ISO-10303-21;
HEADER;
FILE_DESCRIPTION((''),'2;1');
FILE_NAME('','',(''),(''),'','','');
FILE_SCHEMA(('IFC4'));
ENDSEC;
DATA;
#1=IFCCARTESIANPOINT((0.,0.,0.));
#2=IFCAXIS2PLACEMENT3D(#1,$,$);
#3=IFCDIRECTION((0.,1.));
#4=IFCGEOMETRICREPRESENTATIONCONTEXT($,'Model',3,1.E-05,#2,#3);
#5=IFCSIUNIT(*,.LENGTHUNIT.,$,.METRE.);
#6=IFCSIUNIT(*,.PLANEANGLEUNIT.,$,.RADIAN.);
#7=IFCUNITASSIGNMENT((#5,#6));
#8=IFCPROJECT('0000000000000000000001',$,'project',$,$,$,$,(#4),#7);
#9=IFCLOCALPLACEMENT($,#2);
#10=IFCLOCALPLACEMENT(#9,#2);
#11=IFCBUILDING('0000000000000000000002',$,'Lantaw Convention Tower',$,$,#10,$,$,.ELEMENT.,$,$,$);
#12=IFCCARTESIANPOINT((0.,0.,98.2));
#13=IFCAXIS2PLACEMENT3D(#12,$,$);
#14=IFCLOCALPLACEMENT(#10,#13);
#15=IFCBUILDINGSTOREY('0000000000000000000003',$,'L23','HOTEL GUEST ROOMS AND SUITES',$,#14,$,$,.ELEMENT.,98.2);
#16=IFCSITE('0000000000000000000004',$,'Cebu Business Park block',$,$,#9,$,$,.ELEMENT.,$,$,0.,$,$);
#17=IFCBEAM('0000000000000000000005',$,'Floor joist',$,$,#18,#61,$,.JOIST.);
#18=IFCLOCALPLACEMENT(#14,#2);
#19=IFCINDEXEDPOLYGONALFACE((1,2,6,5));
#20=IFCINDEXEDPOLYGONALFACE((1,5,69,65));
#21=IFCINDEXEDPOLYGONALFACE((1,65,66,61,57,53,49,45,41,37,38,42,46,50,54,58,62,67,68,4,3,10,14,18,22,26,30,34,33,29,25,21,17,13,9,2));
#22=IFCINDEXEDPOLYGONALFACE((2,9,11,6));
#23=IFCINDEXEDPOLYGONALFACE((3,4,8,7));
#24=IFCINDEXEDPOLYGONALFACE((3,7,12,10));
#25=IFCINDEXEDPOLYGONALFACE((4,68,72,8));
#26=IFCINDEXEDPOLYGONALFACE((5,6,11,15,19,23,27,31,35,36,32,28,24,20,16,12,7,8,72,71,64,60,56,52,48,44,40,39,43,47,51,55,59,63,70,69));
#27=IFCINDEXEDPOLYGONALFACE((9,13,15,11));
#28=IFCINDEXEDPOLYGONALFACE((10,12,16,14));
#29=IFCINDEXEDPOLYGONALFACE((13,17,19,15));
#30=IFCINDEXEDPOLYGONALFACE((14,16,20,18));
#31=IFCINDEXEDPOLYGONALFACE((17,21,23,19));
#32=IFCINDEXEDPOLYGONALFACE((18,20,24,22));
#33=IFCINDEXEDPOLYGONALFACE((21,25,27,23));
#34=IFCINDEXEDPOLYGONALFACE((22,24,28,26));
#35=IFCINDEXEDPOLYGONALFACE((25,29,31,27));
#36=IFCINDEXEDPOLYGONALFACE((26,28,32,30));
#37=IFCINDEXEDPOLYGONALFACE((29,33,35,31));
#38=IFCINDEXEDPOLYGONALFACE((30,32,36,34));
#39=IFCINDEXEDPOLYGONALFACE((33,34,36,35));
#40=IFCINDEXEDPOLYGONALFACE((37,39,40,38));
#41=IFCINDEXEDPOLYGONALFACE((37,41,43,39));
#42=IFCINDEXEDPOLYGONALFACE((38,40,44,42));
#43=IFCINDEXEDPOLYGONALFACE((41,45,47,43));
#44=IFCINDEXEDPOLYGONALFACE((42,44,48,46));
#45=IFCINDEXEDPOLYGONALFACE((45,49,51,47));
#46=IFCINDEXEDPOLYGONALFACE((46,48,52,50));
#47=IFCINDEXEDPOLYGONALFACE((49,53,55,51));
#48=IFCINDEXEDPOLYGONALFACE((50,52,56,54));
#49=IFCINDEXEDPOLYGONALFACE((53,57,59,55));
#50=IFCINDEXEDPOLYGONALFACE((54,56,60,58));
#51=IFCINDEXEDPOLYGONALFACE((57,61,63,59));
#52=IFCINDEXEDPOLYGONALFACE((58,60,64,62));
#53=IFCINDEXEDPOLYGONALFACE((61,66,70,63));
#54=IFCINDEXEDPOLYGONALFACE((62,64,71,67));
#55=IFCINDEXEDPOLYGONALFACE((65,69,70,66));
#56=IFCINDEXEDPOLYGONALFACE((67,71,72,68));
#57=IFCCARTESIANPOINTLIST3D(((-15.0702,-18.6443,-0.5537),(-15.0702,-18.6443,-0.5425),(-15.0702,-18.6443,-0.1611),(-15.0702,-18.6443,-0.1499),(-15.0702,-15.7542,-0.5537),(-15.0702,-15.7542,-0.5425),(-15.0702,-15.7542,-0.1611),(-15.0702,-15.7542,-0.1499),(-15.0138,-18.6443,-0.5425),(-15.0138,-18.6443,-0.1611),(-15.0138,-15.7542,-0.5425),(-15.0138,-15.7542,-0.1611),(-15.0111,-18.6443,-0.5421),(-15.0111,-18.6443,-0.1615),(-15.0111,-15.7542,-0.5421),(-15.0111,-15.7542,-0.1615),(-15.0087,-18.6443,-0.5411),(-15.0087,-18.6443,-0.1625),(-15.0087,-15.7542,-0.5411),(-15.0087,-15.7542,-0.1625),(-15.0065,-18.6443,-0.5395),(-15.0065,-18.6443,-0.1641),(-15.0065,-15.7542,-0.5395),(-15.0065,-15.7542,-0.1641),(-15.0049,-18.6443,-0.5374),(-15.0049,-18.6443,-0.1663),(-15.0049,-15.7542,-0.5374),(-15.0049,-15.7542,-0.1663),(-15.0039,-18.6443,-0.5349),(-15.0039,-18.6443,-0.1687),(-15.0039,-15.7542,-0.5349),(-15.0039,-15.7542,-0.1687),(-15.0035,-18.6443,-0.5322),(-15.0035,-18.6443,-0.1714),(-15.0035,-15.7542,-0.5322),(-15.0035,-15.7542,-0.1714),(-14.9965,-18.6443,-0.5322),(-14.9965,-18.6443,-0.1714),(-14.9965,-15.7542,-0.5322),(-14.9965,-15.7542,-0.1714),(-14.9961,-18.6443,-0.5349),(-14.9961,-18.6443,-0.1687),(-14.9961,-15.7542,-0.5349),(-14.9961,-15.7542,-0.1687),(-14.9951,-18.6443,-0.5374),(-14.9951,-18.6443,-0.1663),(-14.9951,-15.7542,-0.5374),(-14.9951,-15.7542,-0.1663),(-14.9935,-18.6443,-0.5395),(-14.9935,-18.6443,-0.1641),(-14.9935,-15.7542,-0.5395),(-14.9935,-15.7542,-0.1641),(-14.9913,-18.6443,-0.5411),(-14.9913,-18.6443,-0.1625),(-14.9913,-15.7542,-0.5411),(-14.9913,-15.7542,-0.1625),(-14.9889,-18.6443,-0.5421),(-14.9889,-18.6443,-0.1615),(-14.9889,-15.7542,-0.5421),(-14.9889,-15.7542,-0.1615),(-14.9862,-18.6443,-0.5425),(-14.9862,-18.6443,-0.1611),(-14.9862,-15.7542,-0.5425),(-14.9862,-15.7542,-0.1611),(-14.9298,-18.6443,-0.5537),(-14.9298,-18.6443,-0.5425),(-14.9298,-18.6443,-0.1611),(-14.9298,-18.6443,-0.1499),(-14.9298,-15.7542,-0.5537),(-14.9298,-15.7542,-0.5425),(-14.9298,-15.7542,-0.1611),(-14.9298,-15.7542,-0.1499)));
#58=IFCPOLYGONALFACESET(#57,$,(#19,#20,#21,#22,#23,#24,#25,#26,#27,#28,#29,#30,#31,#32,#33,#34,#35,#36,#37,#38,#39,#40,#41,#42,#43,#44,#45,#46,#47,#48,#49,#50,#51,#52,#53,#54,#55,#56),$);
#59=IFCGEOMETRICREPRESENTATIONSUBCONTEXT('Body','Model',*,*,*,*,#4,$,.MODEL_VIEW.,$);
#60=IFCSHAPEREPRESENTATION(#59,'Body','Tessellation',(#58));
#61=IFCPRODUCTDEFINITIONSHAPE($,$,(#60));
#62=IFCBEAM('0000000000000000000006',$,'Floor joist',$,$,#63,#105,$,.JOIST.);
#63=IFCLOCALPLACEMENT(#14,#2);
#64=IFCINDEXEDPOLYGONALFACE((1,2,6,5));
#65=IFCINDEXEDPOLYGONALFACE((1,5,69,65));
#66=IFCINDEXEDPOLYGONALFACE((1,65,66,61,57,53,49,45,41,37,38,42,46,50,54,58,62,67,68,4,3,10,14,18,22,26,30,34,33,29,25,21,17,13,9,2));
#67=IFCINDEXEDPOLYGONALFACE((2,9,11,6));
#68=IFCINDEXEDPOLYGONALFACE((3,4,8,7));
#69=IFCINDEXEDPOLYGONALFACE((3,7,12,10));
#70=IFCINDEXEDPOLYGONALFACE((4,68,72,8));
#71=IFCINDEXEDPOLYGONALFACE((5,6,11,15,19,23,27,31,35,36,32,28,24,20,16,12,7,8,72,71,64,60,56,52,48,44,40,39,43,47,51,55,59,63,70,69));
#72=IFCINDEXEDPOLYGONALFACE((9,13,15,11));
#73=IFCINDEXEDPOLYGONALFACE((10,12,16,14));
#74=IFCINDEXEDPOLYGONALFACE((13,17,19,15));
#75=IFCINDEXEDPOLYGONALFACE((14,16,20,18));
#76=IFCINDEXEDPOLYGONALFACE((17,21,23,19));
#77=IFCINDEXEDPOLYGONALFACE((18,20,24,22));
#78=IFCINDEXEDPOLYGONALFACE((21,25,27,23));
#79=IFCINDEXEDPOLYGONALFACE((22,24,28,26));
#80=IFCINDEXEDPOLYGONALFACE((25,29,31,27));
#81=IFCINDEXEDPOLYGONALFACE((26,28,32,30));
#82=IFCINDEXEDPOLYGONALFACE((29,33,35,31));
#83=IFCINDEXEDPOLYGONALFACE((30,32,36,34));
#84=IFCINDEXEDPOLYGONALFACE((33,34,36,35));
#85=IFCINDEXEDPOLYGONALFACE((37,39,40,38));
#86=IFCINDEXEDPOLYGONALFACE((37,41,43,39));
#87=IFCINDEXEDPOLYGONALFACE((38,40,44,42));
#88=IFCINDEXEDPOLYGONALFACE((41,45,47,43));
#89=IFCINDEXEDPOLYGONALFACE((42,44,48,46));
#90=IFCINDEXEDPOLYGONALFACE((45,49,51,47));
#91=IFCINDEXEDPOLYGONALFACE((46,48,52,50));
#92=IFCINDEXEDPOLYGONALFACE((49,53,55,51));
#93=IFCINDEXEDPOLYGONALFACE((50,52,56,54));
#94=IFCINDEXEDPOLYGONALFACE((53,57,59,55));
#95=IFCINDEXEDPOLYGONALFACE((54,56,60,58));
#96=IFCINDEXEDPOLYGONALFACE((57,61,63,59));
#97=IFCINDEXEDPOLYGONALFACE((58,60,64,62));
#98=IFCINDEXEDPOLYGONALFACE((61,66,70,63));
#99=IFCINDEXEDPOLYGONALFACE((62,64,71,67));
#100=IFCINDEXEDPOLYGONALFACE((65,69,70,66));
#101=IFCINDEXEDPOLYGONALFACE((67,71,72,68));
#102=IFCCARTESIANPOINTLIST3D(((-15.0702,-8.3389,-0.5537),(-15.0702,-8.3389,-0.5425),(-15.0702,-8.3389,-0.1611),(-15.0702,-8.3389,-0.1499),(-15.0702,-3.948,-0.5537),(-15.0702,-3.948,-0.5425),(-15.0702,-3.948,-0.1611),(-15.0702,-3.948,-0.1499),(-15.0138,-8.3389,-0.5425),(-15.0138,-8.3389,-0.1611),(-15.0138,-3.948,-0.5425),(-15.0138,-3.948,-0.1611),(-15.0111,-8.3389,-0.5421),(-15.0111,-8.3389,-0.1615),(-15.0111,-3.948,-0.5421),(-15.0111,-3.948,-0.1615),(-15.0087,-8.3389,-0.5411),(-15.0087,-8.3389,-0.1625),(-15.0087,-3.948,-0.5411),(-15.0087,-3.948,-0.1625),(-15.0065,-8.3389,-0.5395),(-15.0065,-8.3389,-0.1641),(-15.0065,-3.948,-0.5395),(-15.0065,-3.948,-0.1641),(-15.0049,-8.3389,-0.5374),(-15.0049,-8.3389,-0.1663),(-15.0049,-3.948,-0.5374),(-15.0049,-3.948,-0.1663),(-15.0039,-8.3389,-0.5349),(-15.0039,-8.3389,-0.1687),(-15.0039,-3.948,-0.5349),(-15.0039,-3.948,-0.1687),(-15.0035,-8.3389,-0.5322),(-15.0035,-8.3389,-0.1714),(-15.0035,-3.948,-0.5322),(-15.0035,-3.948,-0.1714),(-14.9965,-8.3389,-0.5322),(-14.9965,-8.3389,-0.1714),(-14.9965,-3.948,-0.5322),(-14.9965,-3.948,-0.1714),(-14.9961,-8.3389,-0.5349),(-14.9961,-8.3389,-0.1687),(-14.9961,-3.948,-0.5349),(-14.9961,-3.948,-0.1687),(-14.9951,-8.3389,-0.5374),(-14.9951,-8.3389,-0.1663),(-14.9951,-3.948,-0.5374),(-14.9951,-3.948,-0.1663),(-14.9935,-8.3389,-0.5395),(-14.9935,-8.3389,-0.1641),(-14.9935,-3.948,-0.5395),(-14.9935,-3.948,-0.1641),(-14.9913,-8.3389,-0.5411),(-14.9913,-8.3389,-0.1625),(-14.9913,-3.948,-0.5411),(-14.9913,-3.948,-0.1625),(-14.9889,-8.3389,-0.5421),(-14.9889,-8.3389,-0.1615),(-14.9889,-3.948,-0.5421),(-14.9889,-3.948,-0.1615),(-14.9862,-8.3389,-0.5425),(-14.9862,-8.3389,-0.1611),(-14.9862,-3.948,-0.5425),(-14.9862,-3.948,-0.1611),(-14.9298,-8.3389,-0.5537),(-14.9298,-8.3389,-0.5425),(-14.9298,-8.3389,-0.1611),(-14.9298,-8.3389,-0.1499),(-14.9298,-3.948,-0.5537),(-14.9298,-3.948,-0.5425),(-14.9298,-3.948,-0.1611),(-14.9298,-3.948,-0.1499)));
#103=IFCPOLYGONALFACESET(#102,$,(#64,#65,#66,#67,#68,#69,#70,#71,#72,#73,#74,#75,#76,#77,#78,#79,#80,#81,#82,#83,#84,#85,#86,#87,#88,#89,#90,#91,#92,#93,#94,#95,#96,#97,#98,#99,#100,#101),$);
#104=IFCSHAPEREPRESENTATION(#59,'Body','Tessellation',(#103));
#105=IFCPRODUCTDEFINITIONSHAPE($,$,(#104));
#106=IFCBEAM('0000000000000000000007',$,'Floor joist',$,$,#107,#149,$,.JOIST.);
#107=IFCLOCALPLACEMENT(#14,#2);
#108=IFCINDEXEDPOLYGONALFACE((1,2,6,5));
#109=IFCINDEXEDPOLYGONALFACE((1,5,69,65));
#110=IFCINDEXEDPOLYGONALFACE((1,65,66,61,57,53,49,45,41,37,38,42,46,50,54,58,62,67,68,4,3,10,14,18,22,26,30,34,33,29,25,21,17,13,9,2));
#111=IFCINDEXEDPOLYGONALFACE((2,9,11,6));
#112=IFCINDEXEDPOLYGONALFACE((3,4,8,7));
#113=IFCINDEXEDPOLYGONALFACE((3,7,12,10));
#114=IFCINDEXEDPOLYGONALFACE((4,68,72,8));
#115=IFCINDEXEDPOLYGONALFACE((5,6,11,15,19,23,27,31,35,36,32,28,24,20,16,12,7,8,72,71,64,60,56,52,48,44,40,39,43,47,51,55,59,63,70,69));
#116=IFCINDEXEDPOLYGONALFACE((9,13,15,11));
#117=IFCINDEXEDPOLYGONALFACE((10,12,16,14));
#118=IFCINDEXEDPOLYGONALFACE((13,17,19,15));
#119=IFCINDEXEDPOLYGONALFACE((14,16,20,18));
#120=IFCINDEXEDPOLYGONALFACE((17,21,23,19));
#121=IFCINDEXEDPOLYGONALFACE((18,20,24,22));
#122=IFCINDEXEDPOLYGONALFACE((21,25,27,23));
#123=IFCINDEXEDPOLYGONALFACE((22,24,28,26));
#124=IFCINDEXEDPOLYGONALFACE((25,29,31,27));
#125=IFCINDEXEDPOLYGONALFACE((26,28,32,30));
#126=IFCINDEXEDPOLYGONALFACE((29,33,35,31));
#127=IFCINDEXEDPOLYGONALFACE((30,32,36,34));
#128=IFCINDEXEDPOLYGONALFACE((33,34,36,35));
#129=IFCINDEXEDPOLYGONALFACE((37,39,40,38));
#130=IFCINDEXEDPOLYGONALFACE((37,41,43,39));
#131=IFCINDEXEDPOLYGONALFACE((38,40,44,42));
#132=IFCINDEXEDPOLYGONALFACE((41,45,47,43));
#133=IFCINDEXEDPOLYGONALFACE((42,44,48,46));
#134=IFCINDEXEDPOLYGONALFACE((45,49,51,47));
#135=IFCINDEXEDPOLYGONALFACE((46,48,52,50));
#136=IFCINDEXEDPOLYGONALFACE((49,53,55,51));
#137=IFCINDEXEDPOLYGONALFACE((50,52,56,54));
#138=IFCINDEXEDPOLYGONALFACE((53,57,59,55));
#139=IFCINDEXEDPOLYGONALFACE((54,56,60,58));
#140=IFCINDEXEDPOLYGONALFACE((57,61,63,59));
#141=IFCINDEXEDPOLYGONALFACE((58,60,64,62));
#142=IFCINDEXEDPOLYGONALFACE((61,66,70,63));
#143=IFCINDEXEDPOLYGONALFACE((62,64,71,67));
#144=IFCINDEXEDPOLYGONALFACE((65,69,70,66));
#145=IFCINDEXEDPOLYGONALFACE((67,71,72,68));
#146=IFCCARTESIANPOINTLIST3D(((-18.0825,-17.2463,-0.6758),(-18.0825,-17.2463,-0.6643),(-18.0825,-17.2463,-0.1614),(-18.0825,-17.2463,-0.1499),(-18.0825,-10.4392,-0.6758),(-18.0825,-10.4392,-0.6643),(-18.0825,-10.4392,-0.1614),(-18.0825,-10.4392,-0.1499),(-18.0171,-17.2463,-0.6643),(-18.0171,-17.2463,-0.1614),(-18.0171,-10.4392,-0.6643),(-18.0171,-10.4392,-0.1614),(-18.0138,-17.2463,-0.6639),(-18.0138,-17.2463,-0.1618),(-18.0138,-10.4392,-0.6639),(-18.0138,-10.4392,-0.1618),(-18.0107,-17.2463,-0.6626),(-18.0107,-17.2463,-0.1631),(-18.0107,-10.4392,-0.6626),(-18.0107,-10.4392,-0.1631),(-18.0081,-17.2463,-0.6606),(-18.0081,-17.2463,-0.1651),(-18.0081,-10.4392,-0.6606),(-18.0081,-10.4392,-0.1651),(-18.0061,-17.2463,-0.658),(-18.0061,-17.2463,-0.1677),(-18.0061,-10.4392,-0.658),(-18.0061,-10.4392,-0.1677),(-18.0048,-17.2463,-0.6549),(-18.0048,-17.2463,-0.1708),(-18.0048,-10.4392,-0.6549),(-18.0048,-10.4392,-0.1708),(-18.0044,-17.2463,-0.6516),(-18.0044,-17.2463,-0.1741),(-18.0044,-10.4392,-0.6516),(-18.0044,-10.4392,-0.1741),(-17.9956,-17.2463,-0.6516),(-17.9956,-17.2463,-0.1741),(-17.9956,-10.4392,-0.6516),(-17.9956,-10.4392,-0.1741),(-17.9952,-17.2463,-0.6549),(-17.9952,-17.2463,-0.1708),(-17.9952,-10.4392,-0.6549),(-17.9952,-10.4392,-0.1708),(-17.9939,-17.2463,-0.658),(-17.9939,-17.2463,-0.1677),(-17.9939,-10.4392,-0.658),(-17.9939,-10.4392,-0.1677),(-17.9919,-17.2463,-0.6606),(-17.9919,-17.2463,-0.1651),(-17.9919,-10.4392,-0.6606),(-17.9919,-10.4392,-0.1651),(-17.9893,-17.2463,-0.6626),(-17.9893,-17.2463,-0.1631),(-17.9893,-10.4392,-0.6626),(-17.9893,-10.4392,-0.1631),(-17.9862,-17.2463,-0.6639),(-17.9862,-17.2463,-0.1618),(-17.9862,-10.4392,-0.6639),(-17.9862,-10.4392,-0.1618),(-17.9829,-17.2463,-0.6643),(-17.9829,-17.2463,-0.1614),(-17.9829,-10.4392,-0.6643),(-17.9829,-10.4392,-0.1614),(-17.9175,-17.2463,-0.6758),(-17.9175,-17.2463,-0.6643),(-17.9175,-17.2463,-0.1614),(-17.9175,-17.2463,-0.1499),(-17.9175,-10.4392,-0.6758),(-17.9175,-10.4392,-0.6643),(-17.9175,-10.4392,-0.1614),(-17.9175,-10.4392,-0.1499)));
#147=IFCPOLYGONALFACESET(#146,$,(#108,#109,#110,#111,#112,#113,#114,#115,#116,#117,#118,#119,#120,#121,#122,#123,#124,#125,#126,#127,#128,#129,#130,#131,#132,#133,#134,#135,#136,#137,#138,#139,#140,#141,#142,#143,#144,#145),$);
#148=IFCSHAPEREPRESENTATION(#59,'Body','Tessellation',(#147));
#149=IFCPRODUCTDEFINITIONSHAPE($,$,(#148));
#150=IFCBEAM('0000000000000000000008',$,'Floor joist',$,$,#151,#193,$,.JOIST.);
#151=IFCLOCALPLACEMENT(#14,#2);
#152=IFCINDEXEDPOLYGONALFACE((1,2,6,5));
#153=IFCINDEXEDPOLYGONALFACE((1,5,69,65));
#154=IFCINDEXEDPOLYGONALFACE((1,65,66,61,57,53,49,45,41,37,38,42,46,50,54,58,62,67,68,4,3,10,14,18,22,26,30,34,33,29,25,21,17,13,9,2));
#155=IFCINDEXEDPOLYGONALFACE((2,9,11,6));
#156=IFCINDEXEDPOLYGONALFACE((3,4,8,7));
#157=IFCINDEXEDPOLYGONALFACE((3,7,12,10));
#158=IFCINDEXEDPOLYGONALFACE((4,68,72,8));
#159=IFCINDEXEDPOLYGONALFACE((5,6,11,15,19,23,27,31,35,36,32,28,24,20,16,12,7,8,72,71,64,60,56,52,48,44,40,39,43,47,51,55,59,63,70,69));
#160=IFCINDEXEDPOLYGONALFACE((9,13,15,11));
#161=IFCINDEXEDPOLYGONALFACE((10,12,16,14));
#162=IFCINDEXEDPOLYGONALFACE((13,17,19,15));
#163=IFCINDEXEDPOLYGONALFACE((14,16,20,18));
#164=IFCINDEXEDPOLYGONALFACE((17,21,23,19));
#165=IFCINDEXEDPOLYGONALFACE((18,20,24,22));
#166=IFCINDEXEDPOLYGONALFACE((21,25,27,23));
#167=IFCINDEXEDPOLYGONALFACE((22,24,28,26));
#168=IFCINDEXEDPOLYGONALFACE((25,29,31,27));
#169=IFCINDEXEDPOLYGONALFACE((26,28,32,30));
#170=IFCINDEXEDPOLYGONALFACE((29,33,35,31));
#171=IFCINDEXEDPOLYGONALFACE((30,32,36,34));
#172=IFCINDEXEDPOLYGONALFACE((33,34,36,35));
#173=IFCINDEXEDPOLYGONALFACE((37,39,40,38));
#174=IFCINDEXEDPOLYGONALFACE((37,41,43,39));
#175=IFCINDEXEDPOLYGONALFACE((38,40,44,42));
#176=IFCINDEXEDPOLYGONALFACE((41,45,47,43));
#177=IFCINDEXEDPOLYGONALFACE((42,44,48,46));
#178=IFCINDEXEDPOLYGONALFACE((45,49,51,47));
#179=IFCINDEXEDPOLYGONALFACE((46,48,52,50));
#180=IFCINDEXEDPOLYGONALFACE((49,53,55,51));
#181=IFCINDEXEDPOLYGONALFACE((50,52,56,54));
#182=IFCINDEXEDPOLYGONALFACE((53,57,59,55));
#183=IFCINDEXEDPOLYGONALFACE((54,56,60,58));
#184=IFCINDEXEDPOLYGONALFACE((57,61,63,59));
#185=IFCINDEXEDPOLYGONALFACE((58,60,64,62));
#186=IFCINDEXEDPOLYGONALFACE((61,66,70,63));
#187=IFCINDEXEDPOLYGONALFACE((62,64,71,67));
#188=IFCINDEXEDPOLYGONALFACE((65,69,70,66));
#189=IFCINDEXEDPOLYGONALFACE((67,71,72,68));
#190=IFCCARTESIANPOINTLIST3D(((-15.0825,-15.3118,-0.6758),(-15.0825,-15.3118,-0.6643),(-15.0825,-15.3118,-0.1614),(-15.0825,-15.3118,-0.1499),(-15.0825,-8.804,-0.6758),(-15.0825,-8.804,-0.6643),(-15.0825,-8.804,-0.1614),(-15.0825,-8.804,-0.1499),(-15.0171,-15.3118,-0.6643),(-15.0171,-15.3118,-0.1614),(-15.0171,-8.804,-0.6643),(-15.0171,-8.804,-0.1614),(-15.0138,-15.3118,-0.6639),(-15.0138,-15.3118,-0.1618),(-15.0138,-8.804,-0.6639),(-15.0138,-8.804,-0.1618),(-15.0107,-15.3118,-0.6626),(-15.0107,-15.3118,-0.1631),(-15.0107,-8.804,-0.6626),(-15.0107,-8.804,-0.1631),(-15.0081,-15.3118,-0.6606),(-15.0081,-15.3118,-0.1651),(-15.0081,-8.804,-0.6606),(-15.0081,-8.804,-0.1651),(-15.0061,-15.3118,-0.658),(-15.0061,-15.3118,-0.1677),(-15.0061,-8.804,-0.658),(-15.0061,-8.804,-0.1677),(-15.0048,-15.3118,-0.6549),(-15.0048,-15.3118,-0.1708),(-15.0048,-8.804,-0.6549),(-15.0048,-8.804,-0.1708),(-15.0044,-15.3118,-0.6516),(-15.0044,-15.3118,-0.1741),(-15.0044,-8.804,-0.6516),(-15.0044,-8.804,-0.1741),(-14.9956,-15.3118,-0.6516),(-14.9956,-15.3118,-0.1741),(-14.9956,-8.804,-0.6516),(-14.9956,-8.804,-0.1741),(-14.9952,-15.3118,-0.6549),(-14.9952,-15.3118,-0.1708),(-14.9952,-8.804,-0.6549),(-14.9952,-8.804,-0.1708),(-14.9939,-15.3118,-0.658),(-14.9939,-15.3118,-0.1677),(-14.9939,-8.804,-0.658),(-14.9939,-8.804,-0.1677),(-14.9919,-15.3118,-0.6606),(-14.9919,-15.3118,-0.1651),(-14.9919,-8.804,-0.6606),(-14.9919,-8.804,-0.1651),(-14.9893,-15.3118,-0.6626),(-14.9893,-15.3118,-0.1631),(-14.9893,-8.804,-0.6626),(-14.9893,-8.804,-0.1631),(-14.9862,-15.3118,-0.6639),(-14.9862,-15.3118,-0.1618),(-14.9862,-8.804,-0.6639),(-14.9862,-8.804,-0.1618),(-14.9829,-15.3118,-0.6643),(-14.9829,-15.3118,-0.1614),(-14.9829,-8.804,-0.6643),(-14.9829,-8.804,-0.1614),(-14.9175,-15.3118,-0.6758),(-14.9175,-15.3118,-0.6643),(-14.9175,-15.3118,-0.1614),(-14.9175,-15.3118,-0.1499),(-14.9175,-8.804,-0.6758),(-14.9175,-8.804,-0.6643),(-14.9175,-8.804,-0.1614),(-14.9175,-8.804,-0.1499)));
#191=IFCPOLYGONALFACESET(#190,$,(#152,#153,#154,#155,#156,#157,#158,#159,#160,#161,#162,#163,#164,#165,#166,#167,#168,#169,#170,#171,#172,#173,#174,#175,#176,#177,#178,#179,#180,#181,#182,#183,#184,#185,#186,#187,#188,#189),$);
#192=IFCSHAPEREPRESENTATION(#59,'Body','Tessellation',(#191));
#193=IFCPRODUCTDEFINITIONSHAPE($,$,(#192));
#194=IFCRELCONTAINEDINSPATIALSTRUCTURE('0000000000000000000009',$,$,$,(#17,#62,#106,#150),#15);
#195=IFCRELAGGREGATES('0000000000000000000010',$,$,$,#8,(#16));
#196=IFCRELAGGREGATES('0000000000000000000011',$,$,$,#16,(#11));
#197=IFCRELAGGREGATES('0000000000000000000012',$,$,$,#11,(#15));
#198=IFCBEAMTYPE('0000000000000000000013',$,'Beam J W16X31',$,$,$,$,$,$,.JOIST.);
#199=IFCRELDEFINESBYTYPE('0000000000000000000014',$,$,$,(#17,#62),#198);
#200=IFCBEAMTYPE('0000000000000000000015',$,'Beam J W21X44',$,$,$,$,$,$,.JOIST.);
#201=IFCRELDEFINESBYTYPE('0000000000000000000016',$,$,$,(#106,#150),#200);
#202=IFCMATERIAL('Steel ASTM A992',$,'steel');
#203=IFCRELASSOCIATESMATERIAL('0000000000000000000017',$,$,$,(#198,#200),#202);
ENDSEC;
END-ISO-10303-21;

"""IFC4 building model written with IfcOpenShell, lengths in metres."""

from ifc_helpers import new_model, si_unit, direction, frame, origin, origin_2d, place, context, subcontext, project, spatial, i_section, extrude, material, material_profile, profile_set, type_object, element, save


model = new_model("IFC4")

# Units and contexts
model_context = context("Model", 3, precision=1e-05, world=origin(), true_north=direction((0.0, 1.0)))
body_context = subcontext(model_context, "Body", "Model", "MODEL_VIEW")
ifc_project = project(units=[si_unit("LENGTHUNIT", "METRE"), si_unit("PLANEANGLEUNIT", "RADIAN")], contexts=[model_context])

# Site, building, storey
site_placement = place(None, origin())
site = spatial("IfcSite", under=ifc_project, at=site_placement, Name="Cebu Business Park block", CompositionType="ELEMENT", RefElevation=0.0)
building_placement = place(site_placement, origin())
building = spatial("IfcBuilding", under=site, at=building_placement, Name="Lantaw Convention Tower", CompositionType="ELEMENT")
storey_placement = place(building_placement, frame((0.0, 0.0, 98.2)))
storey = spatial("IfcBuildingStorey", under=building, at=storey_placement, Name="L23", Description="HOTEL GUEST ROOMS AND SUITES", CompositionType="ELEMENT", Elevation=98.2)

# Beams
ifc_material_1 = material(Name="Steel ASTM A992", Category="steel")
ifc_material_profile_1 = material_profile(ifc_material_1, i_section(OverallWidth=0.1404, OverallDepth=0.4038, WebThickness=0.0071, FlangeThickness=0.0112, FilletRadius=0.0103, at=origin_2d()), Name="W16X31")
ifc_profile_set_1 = profile_set([ifc_material_profile_1], Name="Steel ASTM A992")
beam_type_1 = type_object("IfcBeamType", Name="Beam J W16X31", PredefinedType="JOIST", material=ifc_profile_set_1)
beam_1_placement = place(storey_placement, frame((-15.0, -18.6443, -0.3518), z_axis=(0.0, 1.0, 0.0), x_axis=(-1.0, 0.0, 0.0)))
element("IfcBeam", 1, at=beam_1_placement, inside=storey, type_object=beam_type_1, Name="Floor joist", PredefinedType="JOIST", context=body_context, shape_type="SweptSolid", body=[
    extrude(i_section(OverallWidth=0.1404, OverallDepth=0.4038, WebThickness=0.0071, FlangeThickness=0.0112, FilletRadius=0.0103, at=origin_2d()), origin(), (0.0, 0.0, 1.0), 2.8901),
])
beam_2_placement = place(storey_placement, frame((-15.0, -8.3389, -0.3518), z_axis=(0.0, 1.0, 0.0), x_axis=(-1.0, 0.0, 0.0)))
element("IfcBeam", 2, at=beam_2_placement, inside=storey, type_object=beam_type_1, Name="Floor joist", PredefinedType="JOIST", context=body_context, shape_type="SweptSolid", body=[
    extrude(i_section(OverallWidth=0.1404, OverallDepth=0.4038, WebThickness=0.0071, FlangeThickness=0.0112, FilletRadius=0.0103, at=origin_2d()), origin(), (0.0, 0.0, 1.0), 4.3909),
])
ifc_material_profile_2 = material_profile(ifc_material_1, i_section(OverallWidth=0.165, OverallDepth=0.5259, WebThickness=0.0088, FlangeThickness=0.0115, FilletRadius=0.0127, at=origin_2d()), Name="W21X44")
ifc_profile_set_2 = profile_set([ifc_material_profile_2], Name="Steel ASTM A992")
beam_type_2 = type_object("IfcBeamType", Name="Beam J W21X44", PredefinedType="JOIST", material=ifc_profile_set_2)
beam_3_placement = place(storey_placement, frame((-18.0, -17.2463, -0.4128), z_axis=(0.0, 1.0, 0.0), x_axis=(-1.0, 0.0, 0.0)))
element("IfcBeam", 3, at=beam_3_placement, inside=storey, type_object=beam_type_2, Name="Floor joist", PredefinedType="JOIST", context=body_context, shape_type="SweptSolid", body=[
    extrude(i_section(OverallWidth=0.165, OverallDepth=0.5259, WebThickness=0.0088, FlangeThickness=0.0115, FilletRadius=0.0127, at=origin_2d()), origin(), (0.0, 0.0, 1.0), 6.8071),
])
beam_4_placement = place(storey_placement, frame((-15.0, -15.3118, -0.4128), z_axis=(0.0, 1.0, 0.0), x_axis=(-1.0, 0.0, 0.0)))
element("IfcBeam", 4, at=beam_4_placement, inside=storey, type_object=beam_type_2, Name="Floor joist", PredefinedType="JOIST", context=body_context, shape_type="SweptSolid", body=[
    extrude(i_section(OverallWidth=0.165, OverallDepth=0.5259, WebThickness=0.0088, FlangeThickness=0.0115, FilletRadius=0.0127, at=origin_2d()), origin(), (0.0, 0.0, 1.0), 6.5078),
])

save(model, "model.ifc")
